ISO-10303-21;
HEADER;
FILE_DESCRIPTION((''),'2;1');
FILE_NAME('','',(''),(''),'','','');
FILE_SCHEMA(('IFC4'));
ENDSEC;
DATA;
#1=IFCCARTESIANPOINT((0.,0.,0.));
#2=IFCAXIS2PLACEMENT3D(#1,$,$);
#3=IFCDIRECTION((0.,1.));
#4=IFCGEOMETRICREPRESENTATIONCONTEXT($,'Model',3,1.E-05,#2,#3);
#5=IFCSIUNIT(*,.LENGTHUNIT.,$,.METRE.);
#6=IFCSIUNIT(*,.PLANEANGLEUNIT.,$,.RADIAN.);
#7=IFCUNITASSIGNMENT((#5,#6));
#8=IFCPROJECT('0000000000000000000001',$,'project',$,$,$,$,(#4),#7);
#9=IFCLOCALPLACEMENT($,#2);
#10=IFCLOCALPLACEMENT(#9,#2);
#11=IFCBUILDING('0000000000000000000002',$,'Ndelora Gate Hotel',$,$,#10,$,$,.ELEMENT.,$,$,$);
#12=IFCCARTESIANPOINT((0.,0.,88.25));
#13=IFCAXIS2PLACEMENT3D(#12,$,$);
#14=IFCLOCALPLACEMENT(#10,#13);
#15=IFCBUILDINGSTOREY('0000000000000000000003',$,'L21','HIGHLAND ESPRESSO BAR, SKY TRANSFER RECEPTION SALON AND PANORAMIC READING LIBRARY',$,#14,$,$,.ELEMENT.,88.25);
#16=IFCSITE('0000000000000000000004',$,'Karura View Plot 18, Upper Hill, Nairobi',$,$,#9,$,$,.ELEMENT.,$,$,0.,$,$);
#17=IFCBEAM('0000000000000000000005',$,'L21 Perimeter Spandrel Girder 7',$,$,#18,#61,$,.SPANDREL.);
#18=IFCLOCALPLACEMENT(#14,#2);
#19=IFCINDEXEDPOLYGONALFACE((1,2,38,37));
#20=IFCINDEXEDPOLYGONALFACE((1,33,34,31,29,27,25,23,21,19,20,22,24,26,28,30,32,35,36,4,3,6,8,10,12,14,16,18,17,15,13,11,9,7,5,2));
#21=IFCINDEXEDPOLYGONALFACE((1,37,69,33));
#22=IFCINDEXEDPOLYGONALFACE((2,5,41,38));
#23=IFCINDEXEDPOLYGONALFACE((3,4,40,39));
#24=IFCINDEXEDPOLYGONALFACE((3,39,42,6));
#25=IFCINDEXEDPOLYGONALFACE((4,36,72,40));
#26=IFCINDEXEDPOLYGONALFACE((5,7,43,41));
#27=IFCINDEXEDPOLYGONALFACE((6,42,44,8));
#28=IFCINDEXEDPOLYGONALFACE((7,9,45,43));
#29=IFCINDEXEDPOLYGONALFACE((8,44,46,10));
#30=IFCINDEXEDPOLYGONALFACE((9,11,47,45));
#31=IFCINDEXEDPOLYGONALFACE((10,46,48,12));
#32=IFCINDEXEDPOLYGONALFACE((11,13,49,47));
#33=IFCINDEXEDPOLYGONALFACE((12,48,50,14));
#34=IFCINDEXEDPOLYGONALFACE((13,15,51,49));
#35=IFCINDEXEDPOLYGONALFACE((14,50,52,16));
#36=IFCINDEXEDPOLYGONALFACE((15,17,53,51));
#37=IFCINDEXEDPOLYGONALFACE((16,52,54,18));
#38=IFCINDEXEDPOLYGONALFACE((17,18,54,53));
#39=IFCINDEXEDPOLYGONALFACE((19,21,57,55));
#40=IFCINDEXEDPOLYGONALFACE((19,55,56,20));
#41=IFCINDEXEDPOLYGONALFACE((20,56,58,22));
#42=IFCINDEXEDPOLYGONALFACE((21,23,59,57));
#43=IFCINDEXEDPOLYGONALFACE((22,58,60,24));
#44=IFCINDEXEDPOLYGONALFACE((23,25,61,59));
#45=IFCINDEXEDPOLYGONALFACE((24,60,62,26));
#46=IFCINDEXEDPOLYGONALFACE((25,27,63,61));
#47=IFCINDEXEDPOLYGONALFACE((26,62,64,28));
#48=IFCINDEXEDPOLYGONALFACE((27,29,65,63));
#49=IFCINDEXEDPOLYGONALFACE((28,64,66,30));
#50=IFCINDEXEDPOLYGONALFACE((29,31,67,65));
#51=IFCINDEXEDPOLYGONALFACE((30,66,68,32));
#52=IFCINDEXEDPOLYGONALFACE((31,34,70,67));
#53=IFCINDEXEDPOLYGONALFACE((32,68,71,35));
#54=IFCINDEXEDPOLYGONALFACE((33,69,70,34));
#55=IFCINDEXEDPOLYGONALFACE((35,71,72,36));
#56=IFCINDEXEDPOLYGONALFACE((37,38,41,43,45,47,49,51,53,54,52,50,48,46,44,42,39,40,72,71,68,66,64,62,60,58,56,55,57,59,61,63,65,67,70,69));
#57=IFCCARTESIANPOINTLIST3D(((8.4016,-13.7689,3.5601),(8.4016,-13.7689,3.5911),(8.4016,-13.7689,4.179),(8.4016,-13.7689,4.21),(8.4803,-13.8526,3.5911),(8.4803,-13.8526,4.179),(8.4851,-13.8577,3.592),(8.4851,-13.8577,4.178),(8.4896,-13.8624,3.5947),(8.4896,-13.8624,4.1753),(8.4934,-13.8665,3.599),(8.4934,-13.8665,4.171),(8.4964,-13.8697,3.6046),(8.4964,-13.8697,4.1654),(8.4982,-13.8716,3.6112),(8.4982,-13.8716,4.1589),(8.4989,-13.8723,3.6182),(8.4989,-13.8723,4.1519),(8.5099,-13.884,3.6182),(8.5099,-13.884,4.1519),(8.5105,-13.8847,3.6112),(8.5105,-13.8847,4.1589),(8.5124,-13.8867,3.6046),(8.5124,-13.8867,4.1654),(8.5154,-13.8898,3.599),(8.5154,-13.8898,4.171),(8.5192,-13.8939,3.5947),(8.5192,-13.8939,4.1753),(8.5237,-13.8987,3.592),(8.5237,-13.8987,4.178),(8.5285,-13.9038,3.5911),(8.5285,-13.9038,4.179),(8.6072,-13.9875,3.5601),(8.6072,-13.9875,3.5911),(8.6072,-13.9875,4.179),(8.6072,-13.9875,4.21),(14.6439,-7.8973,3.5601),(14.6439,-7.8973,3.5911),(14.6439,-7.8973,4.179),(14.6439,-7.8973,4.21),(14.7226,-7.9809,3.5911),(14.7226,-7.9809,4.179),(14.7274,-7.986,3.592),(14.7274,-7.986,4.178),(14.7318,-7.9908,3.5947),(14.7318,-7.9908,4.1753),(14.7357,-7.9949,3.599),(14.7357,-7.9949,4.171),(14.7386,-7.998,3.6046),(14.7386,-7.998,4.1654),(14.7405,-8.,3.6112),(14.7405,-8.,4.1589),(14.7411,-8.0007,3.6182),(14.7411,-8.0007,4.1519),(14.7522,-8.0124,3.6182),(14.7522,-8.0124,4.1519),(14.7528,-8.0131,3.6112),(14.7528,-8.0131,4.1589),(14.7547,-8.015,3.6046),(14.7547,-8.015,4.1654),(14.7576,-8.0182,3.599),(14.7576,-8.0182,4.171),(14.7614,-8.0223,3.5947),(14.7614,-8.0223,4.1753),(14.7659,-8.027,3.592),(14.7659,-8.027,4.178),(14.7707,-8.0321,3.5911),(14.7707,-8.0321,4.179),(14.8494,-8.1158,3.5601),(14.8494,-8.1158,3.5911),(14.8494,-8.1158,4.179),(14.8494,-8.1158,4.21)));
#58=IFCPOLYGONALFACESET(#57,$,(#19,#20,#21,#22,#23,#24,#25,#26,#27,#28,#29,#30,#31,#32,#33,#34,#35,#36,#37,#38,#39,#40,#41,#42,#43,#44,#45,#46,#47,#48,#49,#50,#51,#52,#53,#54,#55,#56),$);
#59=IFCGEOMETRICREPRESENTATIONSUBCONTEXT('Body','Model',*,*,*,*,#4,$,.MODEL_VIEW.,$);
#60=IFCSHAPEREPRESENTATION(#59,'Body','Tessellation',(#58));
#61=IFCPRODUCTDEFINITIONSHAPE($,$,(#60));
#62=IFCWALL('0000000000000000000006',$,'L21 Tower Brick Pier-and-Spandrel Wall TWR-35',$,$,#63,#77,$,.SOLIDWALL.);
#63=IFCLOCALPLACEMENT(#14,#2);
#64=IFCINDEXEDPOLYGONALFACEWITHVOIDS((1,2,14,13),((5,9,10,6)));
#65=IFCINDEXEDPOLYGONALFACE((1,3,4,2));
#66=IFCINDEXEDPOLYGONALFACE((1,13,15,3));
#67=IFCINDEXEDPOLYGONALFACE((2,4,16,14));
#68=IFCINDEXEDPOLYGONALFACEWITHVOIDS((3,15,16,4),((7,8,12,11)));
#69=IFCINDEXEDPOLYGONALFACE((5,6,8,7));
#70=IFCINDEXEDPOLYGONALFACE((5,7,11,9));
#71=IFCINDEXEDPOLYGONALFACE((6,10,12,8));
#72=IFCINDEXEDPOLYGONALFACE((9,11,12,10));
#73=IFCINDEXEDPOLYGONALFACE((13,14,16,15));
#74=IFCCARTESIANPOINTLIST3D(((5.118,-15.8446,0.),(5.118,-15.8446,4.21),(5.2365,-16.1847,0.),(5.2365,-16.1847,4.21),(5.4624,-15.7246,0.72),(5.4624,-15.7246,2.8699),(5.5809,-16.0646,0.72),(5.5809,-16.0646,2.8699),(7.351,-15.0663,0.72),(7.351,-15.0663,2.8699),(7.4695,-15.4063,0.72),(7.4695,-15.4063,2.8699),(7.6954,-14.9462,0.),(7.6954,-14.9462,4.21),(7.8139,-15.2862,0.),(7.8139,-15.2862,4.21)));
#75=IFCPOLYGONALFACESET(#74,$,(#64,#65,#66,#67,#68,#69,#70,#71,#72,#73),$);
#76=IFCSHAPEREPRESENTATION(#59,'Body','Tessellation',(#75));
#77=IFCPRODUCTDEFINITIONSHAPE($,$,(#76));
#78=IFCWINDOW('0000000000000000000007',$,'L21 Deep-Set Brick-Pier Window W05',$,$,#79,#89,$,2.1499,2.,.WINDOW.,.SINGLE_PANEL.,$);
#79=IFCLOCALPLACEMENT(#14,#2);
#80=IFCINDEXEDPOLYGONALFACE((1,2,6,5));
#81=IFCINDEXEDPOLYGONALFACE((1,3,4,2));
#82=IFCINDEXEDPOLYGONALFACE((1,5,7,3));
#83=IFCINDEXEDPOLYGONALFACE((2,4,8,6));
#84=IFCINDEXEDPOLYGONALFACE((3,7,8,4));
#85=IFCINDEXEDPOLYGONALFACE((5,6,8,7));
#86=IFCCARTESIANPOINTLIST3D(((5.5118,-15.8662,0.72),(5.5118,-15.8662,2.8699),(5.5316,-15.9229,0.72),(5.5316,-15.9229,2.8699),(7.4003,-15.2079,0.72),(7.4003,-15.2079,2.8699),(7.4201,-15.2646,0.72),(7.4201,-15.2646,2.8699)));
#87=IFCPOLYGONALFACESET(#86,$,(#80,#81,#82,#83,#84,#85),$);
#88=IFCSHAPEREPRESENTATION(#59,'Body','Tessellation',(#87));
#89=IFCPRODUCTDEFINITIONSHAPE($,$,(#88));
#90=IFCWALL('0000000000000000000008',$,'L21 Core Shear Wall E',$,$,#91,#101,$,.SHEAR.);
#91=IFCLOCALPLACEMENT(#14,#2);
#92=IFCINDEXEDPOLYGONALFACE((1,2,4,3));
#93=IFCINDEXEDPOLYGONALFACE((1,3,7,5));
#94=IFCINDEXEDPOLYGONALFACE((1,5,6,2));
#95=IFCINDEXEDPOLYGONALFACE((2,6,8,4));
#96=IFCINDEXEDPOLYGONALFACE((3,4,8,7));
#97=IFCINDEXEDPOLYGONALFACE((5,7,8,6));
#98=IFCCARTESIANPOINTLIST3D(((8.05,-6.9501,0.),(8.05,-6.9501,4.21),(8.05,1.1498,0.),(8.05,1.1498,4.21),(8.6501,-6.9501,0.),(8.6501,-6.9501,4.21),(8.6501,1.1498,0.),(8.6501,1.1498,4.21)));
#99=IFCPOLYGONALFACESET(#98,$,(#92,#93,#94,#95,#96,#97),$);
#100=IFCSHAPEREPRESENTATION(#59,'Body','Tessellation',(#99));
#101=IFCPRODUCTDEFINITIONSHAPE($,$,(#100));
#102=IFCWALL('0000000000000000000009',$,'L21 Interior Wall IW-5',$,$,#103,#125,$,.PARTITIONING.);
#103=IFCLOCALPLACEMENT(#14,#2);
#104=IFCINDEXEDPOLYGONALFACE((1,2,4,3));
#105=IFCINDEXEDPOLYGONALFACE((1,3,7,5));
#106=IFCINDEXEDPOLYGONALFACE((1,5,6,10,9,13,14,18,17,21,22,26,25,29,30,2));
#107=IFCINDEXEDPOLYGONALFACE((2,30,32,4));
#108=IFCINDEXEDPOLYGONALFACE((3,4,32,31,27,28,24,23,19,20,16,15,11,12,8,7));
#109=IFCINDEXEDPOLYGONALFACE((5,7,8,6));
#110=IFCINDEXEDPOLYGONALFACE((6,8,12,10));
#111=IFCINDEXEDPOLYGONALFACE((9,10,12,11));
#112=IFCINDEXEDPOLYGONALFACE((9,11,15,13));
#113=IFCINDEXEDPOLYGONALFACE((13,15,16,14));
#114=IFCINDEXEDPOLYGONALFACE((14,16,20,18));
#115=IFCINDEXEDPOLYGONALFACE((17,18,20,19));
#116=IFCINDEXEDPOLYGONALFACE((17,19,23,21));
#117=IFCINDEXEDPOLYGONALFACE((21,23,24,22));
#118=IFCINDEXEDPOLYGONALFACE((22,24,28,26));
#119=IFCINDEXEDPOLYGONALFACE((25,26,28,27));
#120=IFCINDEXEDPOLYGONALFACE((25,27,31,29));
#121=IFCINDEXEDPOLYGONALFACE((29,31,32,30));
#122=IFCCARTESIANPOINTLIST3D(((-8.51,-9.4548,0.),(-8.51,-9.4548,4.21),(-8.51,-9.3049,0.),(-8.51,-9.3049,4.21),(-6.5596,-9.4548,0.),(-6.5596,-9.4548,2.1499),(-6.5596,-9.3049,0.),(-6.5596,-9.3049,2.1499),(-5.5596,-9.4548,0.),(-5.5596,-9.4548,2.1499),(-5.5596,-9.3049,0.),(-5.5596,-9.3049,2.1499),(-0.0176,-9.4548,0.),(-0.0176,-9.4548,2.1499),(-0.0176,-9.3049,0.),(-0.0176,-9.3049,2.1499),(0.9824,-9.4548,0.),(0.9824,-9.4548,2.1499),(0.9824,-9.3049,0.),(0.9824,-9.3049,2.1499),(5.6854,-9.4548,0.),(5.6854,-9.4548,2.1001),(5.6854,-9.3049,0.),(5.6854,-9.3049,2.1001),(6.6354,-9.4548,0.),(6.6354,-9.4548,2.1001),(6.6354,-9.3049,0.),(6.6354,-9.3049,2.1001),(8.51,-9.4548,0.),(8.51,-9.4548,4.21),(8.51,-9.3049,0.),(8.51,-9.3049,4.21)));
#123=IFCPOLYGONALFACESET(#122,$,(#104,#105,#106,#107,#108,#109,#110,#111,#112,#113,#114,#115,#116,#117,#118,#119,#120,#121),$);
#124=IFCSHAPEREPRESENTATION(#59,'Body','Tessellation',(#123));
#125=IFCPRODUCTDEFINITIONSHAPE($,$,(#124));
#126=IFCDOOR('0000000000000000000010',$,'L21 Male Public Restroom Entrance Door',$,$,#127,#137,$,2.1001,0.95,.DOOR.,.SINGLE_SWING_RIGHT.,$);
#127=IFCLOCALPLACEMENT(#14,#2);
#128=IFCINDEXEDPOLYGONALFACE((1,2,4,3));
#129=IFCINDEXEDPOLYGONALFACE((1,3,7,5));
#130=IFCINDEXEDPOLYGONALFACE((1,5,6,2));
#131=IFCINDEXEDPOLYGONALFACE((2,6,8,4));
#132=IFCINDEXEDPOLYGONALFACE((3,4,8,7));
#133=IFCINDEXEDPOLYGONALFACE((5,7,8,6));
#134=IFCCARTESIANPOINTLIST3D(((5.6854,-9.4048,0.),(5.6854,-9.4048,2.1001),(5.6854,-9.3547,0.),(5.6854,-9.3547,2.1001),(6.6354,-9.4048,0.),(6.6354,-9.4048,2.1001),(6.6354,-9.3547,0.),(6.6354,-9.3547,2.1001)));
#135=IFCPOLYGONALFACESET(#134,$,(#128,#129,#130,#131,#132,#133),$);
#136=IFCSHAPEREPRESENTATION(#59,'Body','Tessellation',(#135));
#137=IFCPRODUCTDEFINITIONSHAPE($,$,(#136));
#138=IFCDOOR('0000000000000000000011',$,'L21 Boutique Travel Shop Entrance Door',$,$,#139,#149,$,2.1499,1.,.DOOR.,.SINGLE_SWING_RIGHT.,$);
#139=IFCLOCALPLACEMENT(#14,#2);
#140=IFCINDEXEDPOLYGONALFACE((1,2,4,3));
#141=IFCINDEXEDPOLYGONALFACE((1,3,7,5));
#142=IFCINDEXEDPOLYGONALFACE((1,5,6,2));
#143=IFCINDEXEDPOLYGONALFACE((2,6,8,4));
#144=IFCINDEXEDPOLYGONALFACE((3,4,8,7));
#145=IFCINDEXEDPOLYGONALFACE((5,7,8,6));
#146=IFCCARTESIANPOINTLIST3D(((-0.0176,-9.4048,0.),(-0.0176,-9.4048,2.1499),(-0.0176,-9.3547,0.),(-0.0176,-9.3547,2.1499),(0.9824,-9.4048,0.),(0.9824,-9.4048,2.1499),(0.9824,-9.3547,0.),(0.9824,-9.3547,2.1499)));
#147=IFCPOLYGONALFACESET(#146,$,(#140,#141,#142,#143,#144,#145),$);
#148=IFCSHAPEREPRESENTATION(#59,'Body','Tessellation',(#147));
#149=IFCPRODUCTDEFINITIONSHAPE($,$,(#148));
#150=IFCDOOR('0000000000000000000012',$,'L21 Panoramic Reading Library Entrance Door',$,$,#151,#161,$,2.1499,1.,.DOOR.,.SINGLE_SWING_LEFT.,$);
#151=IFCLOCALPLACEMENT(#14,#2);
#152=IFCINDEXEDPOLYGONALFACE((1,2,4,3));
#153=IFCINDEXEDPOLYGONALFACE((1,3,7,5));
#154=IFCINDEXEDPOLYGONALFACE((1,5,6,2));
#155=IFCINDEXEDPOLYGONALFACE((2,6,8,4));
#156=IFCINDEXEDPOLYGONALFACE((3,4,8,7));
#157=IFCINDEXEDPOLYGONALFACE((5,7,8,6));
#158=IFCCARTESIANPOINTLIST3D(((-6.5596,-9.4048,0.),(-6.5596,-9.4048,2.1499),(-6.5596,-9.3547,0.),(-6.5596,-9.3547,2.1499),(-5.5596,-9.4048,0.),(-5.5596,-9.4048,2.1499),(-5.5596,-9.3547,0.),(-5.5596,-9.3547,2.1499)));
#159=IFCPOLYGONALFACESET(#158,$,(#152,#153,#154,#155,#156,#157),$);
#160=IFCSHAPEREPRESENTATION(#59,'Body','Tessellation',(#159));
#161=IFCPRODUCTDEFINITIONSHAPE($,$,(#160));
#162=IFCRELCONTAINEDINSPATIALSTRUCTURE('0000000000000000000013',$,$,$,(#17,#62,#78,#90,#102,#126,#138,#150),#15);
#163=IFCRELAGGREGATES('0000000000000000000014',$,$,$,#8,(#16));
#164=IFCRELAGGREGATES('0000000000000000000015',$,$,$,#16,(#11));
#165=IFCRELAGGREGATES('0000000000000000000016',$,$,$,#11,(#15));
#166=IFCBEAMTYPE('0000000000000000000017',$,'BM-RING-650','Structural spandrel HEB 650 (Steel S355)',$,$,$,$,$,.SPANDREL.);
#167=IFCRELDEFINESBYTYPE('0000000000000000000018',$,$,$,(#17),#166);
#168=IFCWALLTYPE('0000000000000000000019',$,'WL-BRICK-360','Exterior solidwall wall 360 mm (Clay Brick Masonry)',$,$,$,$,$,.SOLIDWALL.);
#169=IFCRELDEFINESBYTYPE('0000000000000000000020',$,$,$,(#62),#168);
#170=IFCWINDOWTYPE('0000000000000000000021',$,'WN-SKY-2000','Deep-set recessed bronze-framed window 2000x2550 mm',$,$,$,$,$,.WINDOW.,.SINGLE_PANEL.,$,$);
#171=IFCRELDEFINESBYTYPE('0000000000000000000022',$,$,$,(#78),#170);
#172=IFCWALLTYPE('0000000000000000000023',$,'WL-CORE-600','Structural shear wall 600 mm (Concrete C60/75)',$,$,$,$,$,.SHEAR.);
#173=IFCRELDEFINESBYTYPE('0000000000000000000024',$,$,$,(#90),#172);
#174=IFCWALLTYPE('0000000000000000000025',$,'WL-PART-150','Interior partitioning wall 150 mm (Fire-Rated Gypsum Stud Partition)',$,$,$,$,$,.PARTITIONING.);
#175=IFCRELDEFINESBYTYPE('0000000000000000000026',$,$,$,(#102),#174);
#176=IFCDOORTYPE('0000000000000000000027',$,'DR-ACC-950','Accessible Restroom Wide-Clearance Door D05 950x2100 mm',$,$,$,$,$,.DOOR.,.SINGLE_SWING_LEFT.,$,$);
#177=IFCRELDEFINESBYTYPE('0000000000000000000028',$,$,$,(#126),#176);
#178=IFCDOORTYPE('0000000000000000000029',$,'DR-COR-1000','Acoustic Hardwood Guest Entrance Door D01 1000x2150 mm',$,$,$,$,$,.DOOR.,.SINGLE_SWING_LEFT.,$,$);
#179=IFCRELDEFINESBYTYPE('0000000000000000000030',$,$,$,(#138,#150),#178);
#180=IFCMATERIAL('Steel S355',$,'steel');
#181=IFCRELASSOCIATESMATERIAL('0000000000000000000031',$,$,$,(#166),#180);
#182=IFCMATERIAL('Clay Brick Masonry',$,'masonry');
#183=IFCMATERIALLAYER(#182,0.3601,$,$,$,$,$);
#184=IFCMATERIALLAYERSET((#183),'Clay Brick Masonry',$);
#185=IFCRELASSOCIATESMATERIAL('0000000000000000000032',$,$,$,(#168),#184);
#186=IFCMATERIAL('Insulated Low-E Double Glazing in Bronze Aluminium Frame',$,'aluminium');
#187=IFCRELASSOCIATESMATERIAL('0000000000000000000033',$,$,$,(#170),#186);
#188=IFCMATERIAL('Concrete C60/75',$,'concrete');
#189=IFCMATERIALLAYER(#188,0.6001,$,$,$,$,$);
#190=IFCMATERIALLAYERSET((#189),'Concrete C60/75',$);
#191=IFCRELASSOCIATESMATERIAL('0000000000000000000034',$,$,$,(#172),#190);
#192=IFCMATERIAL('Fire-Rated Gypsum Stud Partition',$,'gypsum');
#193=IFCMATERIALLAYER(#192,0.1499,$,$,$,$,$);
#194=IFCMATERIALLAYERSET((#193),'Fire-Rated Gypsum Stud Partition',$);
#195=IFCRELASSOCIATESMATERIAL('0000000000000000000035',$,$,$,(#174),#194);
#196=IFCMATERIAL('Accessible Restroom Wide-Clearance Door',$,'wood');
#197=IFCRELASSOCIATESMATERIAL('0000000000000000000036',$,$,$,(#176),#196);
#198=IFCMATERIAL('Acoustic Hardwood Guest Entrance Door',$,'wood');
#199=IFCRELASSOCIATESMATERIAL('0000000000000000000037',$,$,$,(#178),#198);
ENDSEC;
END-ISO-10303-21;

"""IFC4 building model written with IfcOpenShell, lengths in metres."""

from ifc_helpers import new_model, si_unit, direction, frame, frame_2d, origin, origin_2d, place, context, subcontext, project, spatial, rectangle, i_section, extrude, material, layer, layer_set, material_profile, profile_set, type_object, element, fill, save


model = new_model("IFC4")

# Units and contexts
model_context = context("Model", 3, precision=1e-05, world=origin(), true_north=direction((0.0, 1.0)))
body_context = subcontext(model_context, "Body", "Model", "MODEL_VIEW")
ifc_project = project(units=[si_unit("LENGTHUNIT", "METRE"), si_unit("PLANEANGLEUNIT", "RADIAN")], contexts=[model_context])

# Site, building, storey
site_placement = place(None, origin())
site = spatial("IfcSite", under=ifc_project, at=site_placement, Name="Karura View Plot 18, Upper Hill, Nairobi", CompositionType="ELEMENT", RefElevation=0.0)
building_placement = place(site_placement, origin())
building = spatial("IfcBuilding", under=site, at=building_placement, Name="Ndelora Gate Hotel", CompositionType="ELEMENT")
storey_placement = place(building_placement, frame((0.0, 0.0, 88.25)))
storey = spatial("IfcBuildingStorey", under=building, at=storey_placement, Name="L21", Description="HIGHLAND ESPRESSO BAR, SKY TRANSFER RECEPTION SALON AND PANORAMIC READING LIBRARY", CompositionType="ELEMENT", Elevation=88.25)

# Shared definitions
ifc_material_1 = material(Name="Concrete C60/75", Category="concrete")

# Beam
ifc_material_2 = material(Name="Steel S355", Category="steel")
ifc_material_profile_1 = material_profile(ifc_material_2, i_section(OverallWidth=0.3, OverallDepth=0.6499, WebThickness=0.0161, FlangeThickness=0.031, FilletRadius=0.0271, at=origin_2d()), Name="HEB 650")
ifc_profile_set_1 = profile_set([ifc_material_profile_1], Name="Steel S355")
beam_type_1 = type_object("IfcBeamType", Name="BM-RING-650", Description="Structural spandrel HEB 650 (Steel S355)", PredefinedType="SPANDREL", material=ifc_profile_set_1)
beam_1_placement = place(storey_placement, frame((8.5044, -13.8782, 3.885), z_axis=(0.728399, 0.685153, 0.0), x_axis=(-0.685153, 0.728399, 0.0)))
element("IfcBeam", 1, at=beam_1_placement, inside=storey, type_object=beam_type_1, Name="L21 Perimeter Spandrel Girder 7", PredefinedType="SPANDREL", context=body_context, shape_type="SweptSolid", body=[
    extrude(i_section(OverallWidth=0.3, OverallDepth=0.6499, WebThickness=0.0161, FlangeThickness=0.031, FilletRadius=0.0271, at=origin_2d()), origin(), (0.0, 0.0, 1.0), 8.5698),
])

# Wall, opening, window
ifc_material_3 = material(Name="Clay Brick Masonry", Category="masonry")
ifc_layer_1 = layer(ifc_material_3, 0.3601)
ifc_layer_set_1 = layer_set([ifc_layer_1], Name="Clay Brick Masonry")
wall_type_1 = type_object("IfcWallType", Name="WL-BRICK-360", Description="Exterior solidwall wall 360 mm (Clay Brick Masonry)", PredefinedType="SOLIDWALL", material=ifc_layer_set_1)
wall_1_placement = place(storey_placement, frame((7.7546, -15.1162, 0.0), z_axis=(0.0, 0.0, 1.0), x_axis=(-0.944275, -0.329159, 0.0)))
wall_1 = element("IfcWall", 2, at=wall_1_placement, inside=storey, type_object=wall_type_1, Name="L21 Tower Brick Pier-and-Spandrel Wall TWR-35", PredefinedType="SOLIDWALL", context=body_context, shape_type="SweptSolid", body=[
    extrude(rectangle(XDim=2.7295, YDim=0.3601, at=frame_2d((1.3647, 0.0))), origin(), (0.0, 0.0, 1.0), 4.21),
])
opening_1_placement = place(wall_1_placement, frame((0.3647, 0.0, 0.72)))
opening_1 = element("IfcOpeningElement", 3, at=opening_1_placement, cuts=wall_1, PredefinedType="OPENING", context=body_context, shape_type="SweptSolid", body=[
    extrude(rectangle(XDim=2.0, YDim=2.1499, at=frame_2d((1.0, 1.075))), frame((0.0, 0.1899, 0.0), z_axis=(0.0, -1.0, 0.0), x_axis=(1.0, 0.0, 0.0)), (0.0, 0.0, 1.0), 0.3801),
])
ifc_material_4 = material(Name="Insulated Low-E Double Glazing in Bronze Aluminium Frame", Category="aluminium")
window_type = type_object("IfcWindowType", Name="WN-SKY-2000", Description="Deep-set recessed bronze-framed window 2000x2550 mm", PartitioningType="SINGLE_PANEL", PredefinedType="WINDOW", material=ifc_material_4)
window_placement = place(opening_1_placement, origin())
window = element("IfcWindow", 4, at=window_placement, inside=storey, type_object=window_type, Name="L21 Deep-Set Brick-Pier Window W05", OverallHeight=2.1499, OverallWidth=2.0, PartitioningType="SINGLE_PANEL", PredefinedType="WINDOW", context=body_context, shape_type="SweptSolid", body=[
    extrude(rectangle(XDim=2.0, YDim=2.1499, at=frame_2d((1.0, 1.075))), frame((0.0, 0.03, 0.0), z_axis=(0.0, -1.0, 0.0), x_axis=(1.0, 0.0, 0.0)), (0.0, 0.0, 1.0), 0.0601),
])
fill(opening_1, window)

# Wall
ifc_layer_2 = layer(ifc_material_1, 0.6001)
ifc_layer_set_2 = layer_set([ifc_layer_2], Name="Concrete C60/75")
wall_type_2 = type_object("IfcWallType", Name="WL-CORE-600", Description="Structural shear wall 600 mm (Concrete C60/75)", PredefinedType="SHEAR", material=ifc_layer_set_2)
wall_2_placement = place(storey_placement, frame((8.3501, -6.95, 0.0), z_axis=(0.0, 0.0, 1.0), x_axis=(0.0, 1.0, 0.0)))
element("IfcWall", 5, at=wall_2_placement, inside=storey, type_object=wall_type_2, Name="L21 Core Shear Wall E", PredefinedType="SHEAR", context=body_context, shape_type="SweptSolid", body=[
    extrude(rectangle(XDim=8.0999, YDim=0.6001, at=frame_2d((4.0498, 0.0))), origin(), (0.0, 0.0, 1.0), 4.21),
])

# Wall, openings, doors
ifc_material_5 = material(Name="Fire-Rated Gypsum Stud Partition", Category="gypsum")
ifc_layer_3 = layer(ifc_material_5, 0.1499)
ifc_layer_set_3 = layer_set([ifc_layer_3], Name="Fire-Rated Gypsum Stud Partition")
wall_type_3 = type_object("IfcWallType", Name="WL-PART-150", Description="Interior partitioning wall 150 mm (Fire-Rated Gypsum Stud Partition)", PredefinedType="PARTITIONING", material=ifc_layer_set_3)
wall_3_placement = place(storey_placement, frame((8.51, -9.3799, 0.0), z_axis=(0.0, 0.0, 1.0), x_axis=(-1.0, 0.0, 0.0)))
wall_3 = element("IfcWall", 6, at=wall_3_placement, inside=storey, type_object=wall_type_3, Name="L21 Interior Wall IW-5", PredefinedType="PARTITIONING", context=body_context, shape_type="SweptSolid", body=[
    extrude(rectangle(XDim=17.02, YDim=0.1499, at=frame_2d((8.51, 0.0))), origin(), (0.0, 0.0, 1.0), 4.21),
])
opening_2_placement = place(wall_3_placement, frame((1.8745, 0.0, 0.0)))
opening_2 = element("IfcOpeningElement", 7, at=opening_2_placement, cuts=wall_3, PredefinedType="OPENING", context=body_context, shape_type="SweptSolid", body=[
    extrude(rectangle(XDim=0.95, YDim=2.1001, at=frame_2d((0.4751, 1.05))), frame((0.0, 0.085, 0.0), z_axis=(0.0, -1.0, 0.0), x_axis=(1.0, 0.0, 0.0)), (0.0, 0.0, 1.0), 0.1699),
])
opening_3_placement = place(wall_3_placement, frame((7.5276, 0.0, 0.0)))
opening_3 = element("IfcOpeningElement", 8, at=opening_3_placement, cuts=wall_3, PredefinedType="OPENING", context=body_context, shape_type="SweptSolid", body=[
    extrude(rectangle(XDim=1.0, YDim=2.1499, at=frame_2d((0.5, 1.075))), frame((0.0, 0.085, 0.0), z_axis=(0.0, -1.0, 0.0), x_axis=(1.0, 0.0, 0.0)), (0.0, 0.0, 1.0), 0.1699),
])
opening_4_placement = place(wall_3_placement, frame((14.0696, 0.0, 0.0)))
opening_4 = element("IfcOpeningElement", 9, at=opening_4_placement, cuts=wall_3, PredefinedType="OPENING", context=body_context, shape_type="SweptSolid", body=[
    extrude(rectangle(XDim=1.0, YDim=2.1499, at=frame_2d((0.5, 1.075))), frame((0.0, 0.085, 0.0), z_axis=(0.0, -1.0, 0.0), x_axis=(1.0, 0.0, 0.0)), (0.0, 0.0, 1.0), 0.1699),
])
ifc_material_6 = material(Name="Accessible Restroom Wide-Clearance Door", Category="wood")
door_type_1 = type_object("IfcDoorType", Name="DR-ACC-950", Description="Accessible Restroom Wide-Clearance Door D05 950x2100 mm", OperationType="SINGLE_SWING_LEFT", PredefinedType="DOOR", material=ifc_material_6)
door_1_placement = place(opening_2_placement, origin())
door_1 = element("IfcDoor", 10, at=door_1_placement, inside=storey, type_object=door_type_1, Name="L21 Male Public Restroom Entrance Door", OperationType="SINGLE_SWING_RIGHT", OverallHeight=2.1001, OverallWidth=0.95, PredefinedType="DOOR", context=body_context, shape_type="SweptSolid", body=[
    extrude(rectangle(XDim=0.95, YDim=2.1001, at=frame_2d((0.4751, 1.05))), frame((0.0, 0.0249, 0.0), z_axis=(0.0, -1.0, 0.0), x_axis=(1.0, 0.0, 0.0)), (0.0, 0.0, 1.0), 0.05),
])
fill(opening_2, door_1)
ifc_material_7 = material(Name="Acoustic Hardwood Guest Entrance Door", Category="wood")
door_type_2 = type_object("IfcDoorType", Name="DR-COR-1000", Description="Acoustic Hardwood Guest Entrance Door D01 1000x2150 mm", OperationType="SINGLE_SWING_LEFT", PredefinedType="DOOR", material=ifc_material_7)
door_2_placement = place(opening_3_placement, origin())
door_2 = element("IfcDoor", 11, at=door_2_placement, inside=storey, type_object=door_type_2, Name="L21 Boutique Travel Shop Entrance Door", OperationType="SINGLE_SWING_RIGHT", OverallHeight=2.1499, OverallWidth=1.0, PredefinedType="DOOR", context=body_context, shape_type="SweptSolid", body=[
    extrude(rectangle(XDim=1.0, YDim=2.1499, at=frame_2d((0.5, 1.075))), frame((0.0, 0.0249, 0.0), z_axis=(0.0, -1.0, 0.0), x_axis=(1.0, 0.0, 0.0)), (0.0, 0.0, 1.0), 0.05),
])
fill(opening_3, door_2)
door_3_placement = place(opening_4_placement, origin())
door_3 = element("IfcDoor", 12, at=door_3_placement, inside=storey, type_object=door_type_2, Name="L21 Panoramic Reading Library Entrance Door", OperationType="SINGLE_SWING_LEFT", OverallHeight=2.1499, OverallWidth=1.0, PredefinedType="DOOR", context=body_context, shape_type="SweptSolid", body=[
    extrude(rectangle(XDim=1.0, YDim=2.1499, at=frame_2d((0.5, 1.075))), frame((0.0, 0.0249, 0.0), z_axis=(0.0, -1.0, 0.0), x_axis=(1.0, 0.0, 0.0)), (0.0, 0.0, 1.0), 0.05),
])
fill(opening_4, door_3)

save(model, "model.ifc")
